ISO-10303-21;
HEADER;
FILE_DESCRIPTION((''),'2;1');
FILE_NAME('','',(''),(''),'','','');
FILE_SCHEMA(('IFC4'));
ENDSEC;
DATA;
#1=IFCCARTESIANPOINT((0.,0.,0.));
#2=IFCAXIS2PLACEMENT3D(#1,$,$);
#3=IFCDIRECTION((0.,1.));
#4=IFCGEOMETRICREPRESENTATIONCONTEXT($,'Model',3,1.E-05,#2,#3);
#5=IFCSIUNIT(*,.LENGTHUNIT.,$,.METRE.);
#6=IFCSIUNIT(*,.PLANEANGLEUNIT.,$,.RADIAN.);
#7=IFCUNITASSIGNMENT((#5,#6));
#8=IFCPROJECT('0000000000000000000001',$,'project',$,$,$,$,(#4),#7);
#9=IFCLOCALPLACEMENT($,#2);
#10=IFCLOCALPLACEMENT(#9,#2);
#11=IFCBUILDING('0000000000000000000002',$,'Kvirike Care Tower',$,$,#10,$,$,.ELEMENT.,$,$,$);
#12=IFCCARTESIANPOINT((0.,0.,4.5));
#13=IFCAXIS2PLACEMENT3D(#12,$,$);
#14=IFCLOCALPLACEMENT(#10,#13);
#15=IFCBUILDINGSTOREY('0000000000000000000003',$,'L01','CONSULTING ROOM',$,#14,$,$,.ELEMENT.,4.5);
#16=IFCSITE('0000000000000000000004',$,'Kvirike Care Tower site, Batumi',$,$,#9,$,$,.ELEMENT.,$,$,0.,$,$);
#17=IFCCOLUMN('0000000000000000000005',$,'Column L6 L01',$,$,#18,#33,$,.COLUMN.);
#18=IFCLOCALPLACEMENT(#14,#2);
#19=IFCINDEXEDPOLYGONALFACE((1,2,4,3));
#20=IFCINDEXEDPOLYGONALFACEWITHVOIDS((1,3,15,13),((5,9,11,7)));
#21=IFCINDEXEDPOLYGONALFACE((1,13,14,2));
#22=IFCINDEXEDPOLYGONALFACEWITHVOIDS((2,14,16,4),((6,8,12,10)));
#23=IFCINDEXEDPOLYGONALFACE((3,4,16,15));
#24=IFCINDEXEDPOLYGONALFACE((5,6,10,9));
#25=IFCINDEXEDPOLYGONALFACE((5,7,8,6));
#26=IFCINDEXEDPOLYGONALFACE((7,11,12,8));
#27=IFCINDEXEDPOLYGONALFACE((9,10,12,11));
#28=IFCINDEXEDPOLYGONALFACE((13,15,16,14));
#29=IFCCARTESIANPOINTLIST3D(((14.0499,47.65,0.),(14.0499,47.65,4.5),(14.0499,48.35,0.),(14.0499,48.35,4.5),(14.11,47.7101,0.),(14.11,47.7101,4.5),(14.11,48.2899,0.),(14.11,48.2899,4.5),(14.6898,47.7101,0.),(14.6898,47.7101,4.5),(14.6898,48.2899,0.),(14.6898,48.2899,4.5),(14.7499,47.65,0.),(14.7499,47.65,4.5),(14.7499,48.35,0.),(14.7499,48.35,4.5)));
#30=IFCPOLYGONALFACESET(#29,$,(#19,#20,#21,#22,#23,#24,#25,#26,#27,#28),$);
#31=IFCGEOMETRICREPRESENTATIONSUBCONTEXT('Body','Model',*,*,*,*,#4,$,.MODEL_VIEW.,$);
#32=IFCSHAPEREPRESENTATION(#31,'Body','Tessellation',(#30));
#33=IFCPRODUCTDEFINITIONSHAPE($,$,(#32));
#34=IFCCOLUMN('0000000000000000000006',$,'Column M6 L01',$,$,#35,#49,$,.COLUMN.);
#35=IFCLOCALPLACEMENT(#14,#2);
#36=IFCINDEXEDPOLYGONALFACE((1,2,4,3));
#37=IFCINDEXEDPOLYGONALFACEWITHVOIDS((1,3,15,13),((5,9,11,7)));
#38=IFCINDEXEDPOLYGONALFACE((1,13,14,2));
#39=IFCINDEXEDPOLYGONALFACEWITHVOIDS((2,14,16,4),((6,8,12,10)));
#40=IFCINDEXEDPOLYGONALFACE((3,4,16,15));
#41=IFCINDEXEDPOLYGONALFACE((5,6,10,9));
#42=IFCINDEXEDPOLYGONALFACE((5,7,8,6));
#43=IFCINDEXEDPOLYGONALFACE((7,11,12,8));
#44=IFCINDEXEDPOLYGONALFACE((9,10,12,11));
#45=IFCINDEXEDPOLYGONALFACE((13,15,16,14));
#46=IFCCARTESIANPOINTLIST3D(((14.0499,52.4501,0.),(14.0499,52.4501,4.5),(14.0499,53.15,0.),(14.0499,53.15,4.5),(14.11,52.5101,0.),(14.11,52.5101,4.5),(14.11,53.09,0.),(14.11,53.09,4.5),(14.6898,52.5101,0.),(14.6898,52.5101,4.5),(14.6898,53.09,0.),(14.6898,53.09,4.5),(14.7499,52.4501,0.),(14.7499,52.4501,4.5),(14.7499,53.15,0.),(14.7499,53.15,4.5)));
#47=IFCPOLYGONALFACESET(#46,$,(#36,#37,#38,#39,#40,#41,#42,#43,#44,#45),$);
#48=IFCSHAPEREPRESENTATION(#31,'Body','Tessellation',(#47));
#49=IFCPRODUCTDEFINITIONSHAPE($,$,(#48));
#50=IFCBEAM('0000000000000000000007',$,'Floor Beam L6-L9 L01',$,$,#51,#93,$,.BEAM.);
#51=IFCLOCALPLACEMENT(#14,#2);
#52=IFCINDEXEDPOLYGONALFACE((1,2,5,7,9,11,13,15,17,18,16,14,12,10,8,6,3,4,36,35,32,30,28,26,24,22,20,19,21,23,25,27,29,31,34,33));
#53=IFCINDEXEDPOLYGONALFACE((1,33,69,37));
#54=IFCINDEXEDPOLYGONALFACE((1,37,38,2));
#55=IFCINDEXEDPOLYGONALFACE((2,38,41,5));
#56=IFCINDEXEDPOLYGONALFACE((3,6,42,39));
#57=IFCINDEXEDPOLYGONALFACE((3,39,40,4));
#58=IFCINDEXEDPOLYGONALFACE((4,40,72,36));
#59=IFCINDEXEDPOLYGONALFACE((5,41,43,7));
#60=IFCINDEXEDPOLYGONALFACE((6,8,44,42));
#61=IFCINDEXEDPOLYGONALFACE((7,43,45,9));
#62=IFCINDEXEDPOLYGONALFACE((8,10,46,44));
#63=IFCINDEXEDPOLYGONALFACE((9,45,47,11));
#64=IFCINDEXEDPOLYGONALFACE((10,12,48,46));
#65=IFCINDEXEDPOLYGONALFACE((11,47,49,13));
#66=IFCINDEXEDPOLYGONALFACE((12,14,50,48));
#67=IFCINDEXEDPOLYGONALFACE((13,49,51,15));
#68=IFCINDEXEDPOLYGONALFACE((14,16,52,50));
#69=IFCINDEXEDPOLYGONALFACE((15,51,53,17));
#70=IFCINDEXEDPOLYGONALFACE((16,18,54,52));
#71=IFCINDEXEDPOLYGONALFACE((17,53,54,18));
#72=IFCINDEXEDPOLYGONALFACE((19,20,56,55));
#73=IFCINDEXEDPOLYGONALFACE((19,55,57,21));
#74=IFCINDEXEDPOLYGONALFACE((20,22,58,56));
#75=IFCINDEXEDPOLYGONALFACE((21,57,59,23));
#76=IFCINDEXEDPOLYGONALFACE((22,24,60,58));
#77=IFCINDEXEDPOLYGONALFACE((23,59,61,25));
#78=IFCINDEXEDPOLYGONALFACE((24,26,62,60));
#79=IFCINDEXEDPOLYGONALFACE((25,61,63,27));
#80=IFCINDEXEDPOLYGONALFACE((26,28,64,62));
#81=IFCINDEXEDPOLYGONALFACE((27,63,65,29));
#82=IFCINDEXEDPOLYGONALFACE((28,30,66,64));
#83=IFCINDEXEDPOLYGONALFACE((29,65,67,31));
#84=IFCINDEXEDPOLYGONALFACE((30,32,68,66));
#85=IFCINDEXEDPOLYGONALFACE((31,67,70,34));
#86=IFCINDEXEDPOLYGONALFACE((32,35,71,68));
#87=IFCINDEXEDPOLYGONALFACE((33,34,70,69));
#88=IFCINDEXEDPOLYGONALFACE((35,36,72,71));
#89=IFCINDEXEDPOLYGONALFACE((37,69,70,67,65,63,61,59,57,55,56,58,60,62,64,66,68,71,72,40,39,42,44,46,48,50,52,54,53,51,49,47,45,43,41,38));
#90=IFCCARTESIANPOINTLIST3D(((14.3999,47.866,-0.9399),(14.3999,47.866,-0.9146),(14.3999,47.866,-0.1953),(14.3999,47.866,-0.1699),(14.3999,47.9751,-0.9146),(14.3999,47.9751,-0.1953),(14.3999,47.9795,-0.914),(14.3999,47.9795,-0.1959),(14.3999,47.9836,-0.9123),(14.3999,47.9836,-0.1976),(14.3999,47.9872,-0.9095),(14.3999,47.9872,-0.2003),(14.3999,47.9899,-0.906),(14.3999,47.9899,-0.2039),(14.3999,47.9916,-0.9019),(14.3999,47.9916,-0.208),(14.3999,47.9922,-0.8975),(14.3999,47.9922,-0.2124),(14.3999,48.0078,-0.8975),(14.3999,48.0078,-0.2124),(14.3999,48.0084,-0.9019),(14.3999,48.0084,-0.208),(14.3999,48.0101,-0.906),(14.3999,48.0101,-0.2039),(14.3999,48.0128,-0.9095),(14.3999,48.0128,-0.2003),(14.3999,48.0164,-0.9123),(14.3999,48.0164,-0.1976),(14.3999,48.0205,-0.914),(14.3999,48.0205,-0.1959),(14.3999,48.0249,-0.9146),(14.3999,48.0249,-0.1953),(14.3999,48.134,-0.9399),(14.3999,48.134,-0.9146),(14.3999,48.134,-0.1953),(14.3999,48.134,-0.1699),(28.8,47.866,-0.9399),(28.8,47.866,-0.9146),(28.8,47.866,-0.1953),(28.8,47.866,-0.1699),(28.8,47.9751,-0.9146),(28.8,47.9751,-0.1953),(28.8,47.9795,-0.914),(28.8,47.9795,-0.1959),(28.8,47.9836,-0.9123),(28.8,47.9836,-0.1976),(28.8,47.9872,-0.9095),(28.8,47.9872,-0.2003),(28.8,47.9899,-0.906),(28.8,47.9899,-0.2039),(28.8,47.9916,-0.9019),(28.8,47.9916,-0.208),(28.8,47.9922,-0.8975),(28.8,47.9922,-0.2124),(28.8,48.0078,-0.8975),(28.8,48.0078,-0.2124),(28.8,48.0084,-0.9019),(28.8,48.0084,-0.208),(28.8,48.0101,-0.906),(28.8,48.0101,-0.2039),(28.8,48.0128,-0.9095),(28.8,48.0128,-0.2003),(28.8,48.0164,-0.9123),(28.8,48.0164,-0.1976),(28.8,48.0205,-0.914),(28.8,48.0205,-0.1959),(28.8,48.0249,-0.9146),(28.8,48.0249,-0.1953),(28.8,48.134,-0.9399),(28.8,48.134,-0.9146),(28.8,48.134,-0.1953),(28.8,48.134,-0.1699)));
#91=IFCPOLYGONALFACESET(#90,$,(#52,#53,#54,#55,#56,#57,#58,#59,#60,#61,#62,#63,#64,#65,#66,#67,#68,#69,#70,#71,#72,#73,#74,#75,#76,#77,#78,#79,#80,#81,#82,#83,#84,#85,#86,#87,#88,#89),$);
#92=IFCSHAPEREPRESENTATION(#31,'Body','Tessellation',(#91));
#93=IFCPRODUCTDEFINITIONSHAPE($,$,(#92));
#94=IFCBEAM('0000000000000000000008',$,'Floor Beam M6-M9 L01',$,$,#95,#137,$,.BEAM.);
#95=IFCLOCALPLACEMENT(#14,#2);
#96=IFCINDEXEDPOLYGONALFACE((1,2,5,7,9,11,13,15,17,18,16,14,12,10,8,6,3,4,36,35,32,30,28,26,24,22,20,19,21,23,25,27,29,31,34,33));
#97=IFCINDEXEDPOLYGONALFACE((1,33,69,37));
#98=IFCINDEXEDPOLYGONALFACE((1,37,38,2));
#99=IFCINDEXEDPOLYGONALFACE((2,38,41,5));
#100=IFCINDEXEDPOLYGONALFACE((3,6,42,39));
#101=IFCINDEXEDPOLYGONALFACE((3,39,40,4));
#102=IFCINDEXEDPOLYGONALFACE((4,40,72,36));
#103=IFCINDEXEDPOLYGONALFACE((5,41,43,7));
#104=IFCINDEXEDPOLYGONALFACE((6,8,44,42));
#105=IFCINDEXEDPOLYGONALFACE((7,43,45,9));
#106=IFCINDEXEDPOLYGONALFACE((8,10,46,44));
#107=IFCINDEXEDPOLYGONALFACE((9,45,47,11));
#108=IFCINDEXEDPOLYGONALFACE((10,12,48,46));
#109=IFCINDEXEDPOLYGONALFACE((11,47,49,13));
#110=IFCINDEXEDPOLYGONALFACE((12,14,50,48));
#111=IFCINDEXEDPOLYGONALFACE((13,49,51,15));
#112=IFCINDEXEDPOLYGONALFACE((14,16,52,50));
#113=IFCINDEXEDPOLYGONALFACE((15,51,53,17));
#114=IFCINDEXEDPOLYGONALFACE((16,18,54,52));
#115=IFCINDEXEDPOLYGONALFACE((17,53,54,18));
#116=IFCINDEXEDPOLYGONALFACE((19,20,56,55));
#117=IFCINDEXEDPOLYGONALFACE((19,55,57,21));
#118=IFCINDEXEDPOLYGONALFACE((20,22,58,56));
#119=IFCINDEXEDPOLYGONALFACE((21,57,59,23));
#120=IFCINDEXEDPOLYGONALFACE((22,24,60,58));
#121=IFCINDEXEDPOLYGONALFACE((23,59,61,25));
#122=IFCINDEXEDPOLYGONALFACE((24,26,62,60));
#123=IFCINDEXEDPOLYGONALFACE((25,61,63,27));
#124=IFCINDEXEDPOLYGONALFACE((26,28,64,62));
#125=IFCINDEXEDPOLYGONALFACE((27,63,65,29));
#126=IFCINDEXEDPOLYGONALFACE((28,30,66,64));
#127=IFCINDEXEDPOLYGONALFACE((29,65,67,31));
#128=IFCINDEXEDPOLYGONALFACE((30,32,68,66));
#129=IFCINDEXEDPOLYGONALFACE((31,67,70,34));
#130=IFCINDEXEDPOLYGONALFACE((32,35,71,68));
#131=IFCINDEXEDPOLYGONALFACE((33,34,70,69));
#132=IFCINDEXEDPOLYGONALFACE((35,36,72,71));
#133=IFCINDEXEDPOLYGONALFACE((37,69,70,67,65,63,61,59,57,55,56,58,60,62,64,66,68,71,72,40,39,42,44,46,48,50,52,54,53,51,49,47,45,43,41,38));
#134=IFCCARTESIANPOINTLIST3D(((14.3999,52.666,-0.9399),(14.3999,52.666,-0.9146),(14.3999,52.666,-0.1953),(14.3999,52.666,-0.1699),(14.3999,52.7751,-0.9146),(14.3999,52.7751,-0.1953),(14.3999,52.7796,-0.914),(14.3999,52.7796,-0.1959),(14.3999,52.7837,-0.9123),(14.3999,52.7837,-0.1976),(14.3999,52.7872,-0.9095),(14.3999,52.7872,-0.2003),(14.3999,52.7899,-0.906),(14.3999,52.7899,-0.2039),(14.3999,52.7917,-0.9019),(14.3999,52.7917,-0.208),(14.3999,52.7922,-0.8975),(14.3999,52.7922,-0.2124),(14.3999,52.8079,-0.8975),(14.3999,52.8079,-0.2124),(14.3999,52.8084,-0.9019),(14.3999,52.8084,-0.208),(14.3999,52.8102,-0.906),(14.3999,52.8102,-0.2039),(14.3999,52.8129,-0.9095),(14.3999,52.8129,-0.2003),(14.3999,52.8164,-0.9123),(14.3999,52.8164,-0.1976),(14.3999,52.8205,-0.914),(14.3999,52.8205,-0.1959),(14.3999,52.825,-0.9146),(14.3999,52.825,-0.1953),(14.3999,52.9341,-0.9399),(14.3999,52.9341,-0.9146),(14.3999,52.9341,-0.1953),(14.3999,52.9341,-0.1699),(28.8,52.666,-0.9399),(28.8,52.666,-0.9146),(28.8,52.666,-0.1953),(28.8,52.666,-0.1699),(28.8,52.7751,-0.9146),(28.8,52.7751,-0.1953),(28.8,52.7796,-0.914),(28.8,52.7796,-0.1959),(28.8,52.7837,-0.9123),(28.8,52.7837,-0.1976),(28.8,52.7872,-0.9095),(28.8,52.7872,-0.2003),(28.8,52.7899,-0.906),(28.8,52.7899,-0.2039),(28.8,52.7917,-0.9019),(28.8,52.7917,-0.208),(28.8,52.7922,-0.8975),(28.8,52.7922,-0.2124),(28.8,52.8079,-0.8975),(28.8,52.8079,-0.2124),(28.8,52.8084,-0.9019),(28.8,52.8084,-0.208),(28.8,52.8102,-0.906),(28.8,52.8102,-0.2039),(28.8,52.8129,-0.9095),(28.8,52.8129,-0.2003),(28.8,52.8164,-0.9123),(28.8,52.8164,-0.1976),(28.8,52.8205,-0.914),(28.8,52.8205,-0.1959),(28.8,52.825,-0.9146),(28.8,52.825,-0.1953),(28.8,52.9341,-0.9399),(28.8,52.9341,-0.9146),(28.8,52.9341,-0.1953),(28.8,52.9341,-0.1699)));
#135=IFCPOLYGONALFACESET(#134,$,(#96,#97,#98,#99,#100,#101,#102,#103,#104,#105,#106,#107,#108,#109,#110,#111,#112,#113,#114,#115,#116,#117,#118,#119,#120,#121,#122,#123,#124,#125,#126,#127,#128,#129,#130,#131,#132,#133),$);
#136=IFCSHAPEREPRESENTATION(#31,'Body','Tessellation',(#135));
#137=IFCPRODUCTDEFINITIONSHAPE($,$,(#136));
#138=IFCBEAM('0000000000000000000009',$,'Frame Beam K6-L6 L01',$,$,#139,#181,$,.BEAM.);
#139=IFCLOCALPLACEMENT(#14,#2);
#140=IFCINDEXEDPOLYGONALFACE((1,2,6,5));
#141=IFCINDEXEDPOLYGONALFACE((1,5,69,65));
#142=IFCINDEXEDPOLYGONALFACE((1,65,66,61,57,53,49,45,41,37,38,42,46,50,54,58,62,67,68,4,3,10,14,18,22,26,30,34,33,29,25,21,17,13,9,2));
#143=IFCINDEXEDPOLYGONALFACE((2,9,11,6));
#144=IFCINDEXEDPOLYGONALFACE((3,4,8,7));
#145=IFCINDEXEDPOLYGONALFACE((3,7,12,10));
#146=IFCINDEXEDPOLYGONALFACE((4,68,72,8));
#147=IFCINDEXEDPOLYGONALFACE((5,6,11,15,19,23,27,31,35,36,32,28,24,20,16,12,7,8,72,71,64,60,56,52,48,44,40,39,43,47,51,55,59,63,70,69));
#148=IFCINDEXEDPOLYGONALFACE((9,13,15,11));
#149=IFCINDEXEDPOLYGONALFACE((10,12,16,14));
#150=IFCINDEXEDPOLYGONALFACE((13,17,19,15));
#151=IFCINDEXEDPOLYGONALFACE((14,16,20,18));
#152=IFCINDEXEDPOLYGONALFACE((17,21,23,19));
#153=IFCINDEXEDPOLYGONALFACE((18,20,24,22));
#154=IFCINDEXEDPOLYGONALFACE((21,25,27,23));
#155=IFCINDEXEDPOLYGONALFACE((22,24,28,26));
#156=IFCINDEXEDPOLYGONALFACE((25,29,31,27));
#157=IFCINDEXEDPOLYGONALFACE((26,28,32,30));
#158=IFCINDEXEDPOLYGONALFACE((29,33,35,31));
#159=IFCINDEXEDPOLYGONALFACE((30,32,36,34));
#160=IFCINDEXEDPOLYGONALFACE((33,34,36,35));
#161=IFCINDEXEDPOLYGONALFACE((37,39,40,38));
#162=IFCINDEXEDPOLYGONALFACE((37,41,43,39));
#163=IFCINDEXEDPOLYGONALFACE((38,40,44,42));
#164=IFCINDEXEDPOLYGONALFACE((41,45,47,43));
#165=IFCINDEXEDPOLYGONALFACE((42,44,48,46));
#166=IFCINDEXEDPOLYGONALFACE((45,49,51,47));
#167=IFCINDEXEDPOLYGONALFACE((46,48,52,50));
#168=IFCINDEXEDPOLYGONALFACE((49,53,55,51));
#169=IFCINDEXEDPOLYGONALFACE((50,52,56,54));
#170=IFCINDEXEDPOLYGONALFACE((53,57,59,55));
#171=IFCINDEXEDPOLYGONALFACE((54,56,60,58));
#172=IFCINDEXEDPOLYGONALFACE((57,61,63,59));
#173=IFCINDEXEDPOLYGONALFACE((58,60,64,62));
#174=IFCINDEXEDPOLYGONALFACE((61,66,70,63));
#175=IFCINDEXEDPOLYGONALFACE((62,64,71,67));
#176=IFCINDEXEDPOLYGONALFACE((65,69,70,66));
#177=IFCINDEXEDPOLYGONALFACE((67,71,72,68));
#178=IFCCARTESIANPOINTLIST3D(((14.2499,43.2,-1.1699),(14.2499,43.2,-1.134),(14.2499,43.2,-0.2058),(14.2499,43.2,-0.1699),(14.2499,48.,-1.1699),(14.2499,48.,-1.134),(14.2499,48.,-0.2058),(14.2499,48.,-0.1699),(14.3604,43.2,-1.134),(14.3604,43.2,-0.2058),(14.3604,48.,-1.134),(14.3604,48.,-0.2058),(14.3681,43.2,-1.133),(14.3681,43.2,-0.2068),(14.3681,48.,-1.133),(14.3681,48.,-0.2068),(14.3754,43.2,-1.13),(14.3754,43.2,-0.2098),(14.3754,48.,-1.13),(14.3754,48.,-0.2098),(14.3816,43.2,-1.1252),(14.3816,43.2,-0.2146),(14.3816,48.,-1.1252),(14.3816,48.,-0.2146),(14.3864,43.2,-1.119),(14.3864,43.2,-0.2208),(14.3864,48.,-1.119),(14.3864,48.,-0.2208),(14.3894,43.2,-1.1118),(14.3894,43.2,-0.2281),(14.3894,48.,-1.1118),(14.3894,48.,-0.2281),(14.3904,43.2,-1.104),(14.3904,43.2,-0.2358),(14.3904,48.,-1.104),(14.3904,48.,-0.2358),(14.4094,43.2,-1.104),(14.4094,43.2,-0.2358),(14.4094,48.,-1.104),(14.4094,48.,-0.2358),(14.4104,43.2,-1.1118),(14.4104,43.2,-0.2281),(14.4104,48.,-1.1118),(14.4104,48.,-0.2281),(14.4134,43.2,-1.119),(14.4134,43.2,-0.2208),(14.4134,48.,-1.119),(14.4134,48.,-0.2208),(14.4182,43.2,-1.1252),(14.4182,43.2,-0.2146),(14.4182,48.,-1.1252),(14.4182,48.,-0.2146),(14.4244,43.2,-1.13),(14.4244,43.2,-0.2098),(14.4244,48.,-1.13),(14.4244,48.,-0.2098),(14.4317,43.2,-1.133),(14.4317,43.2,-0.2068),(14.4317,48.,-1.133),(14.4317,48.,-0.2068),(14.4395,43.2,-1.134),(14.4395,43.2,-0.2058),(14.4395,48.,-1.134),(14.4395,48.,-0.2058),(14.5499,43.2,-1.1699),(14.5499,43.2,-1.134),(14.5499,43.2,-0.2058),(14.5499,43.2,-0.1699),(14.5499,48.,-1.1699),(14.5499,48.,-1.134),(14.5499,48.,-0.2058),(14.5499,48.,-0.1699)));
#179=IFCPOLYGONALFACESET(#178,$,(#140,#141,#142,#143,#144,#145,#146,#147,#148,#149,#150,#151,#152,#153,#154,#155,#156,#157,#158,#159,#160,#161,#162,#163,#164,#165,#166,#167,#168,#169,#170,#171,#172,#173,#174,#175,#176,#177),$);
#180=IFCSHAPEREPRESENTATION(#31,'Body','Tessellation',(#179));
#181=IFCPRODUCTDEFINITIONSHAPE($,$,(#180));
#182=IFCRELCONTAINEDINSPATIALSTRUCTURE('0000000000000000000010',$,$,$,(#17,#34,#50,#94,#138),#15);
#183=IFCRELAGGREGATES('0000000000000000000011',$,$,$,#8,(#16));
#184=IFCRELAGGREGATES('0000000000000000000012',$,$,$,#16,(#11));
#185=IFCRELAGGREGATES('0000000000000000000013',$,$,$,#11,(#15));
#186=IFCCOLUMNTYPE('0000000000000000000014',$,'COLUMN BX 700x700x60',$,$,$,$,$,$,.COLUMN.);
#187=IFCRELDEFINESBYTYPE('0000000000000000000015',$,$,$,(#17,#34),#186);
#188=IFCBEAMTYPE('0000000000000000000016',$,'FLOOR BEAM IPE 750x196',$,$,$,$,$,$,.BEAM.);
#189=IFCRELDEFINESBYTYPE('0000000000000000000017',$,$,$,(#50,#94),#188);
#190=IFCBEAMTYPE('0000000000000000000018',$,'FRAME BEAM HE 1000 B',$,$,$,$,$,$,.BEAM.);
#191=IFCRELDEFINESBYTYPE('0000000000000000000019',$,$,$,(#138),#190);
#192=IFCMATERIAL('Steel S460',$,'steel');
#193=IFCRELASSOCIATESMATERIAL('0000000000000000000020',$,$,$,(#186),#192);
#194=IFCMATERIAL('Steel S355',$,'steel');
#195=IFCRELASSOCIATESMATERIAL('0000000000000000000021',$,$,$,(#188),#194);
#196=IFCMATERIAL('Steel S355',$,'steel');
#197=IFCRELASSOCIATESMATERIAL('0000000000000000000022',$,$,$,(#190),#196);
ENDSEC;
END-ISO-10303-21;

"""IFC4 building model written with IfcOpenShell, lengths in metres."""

from ifc_helpers import new_model, si_unit, direction, frame, origin, origin_2d, place, context, subcontext, project, spatial, hollow_rectangle, i_section, extrude, material, material_profile, profile_set, type_object, element, save


model = new_model("IFC4")

# Units and contexts
model_context = context("Model", 3, precision=1e-05, world=origin(), true_north=direction((0.0, 1.0)))
body_context = subcontext(model_context, "Body", "Model", "MODEL_VIEW")
ifc_project = project(units=[si_unit("LENGTHUNIT", "METRE"), si_unit("PLANEANGLEUNIT", "RADIAN")], contexts=[model_context])

# Site, building, storey
site_placement = place(None, origin())
site = spatial("IfcSite", under=ifc_project, at=site_placement, Name="Kvirike Care Tower site, Batumi", CompositionType="ELEMENT", RefElevation=0.0)
building_placement = place(site_placement, origin())
building = spatial("IfcBuilding", under=site, at=building_placement, Name="Kvirike Care Tower", CompositionType="ELEMENT")
storey_placement = place(building_placement, frame((0.0, 0.0, 4.5)))
storey = spatial("IfcBuildingStorey", under=building, at=storey_placement, Name="L01", Description="CONSULTING ROOM", CompositionType="ELEMENT", Elevation=4.5)

# Columns
ifc_material_1 = material(Name="Steel S460", Category="steel")
ifc_material_profile_1 = material_profile(ifc_material_1, hollow_rectangle(XDim=0.7, YDim=0.7, WallThickness=0.0601, at=origin_2d()), Name="BX 700x700x60")
ifc_profile_set_1 = profile_set([ifc_material_profile_1], Name="Steel S460")
column_type = type_object("IfcColumnType", Name="COLUMN BX 700x700x60", PredefinedType="COLUMN", material=ifc_profile_set_1)
for number, where, z_axis, x_axis, name in (
    (1, (14.3999, 48.0, 0.0), (0.0, 0.0, 1.0), (1.0, 0.0, 0.0), "Column L6 L01"),
    (2, (14.3999, 52.8, 0.0), (0.0, 0.0, 1.0), (1.0, 0.0, 0.0), "Column M6 L01"),
):
    element("IfcColumn", number, at=place(storey_placement, frame(where, z_axis=z_axis, x_axis=x_axis)), inside=storey, type_object=column_type, Name=name, PredefinedType="COLUMN", context=body_context, shape_type="SweptSolid", body=[
        extrude(hollow_rectangle(XDim=0.7, YDim=0.7, WallThickness=0.0601, at=origin_2d()), origin(), (0.0, 0.0, 1.0), 4.5),
    ])

# Beams
ifc_material_2 = material(Name="Steel S355", Category="steel")
ifc_material_profile_2 = material_profile(ifc_material_2, i_section(OverallWidth=0.2681, OverallDepth=0.77, WebThickness=0.0156, FlangeThickness=0.0254, FilletRadius=0.0171, at=origin_2d()), Name="IPE 750x196")
ifc_profile_set_2 = profile_set([ifc_material_profile_2], Name="Steel S355")
beam_type_1 = type_object("IfcBeamType", Name="FLOOR BEAM IPE 750x196", PredefinedType="BEAM", material=ifc_profile_set_2)
for number, where, z_axis, x_axis, name in (
    (3, (14.3999, 48.0, -0.5549), (1.0, 0.0, 0.0), (0.0, 1.0, 0.0), "Floor Beam L6-L9 L01"),
    (4, (14.3999, 52.8, -0.5549), (1.0, 0.0, 0.0), (0.0, 1.0, 0.0), "Floor Beam M6-M9 L01"),
):
    element("IfcBeam", number, at=place(storey_placement, frame(where, z_axis=z_axis, x_axis=x_axis)), inside=storey, type_object=beam_type_1, Name=name, PredefinedType="BEAM", context=body_context, shape_type="SweptSolid", body=[
        extrude(i_section(OverallWidth=0.2681, OverallDepth=0.77, WebThickness=0.0156, FlangeThickness=0.0254, FilletRadius=0.0171, at=origin_2d()), origin(), (0.0, 0.0, 1.0), 14.4001),
    ])
ifc_material_3 = material(Name="Steel S355", Category="steel")
ifc_material_profile_3 = material_profile(ifc_material_3, i_section(OverallWidth=0.3, OverallDepth=1.0, WebThickness=0.019, FlangeThickness=0.0359, FilletRadius=0.03, at=origin_2d()), Name="HE 1000 B")
ifc_profile_set_3 = profile_set([ifc_material_profile_3], Name="Steel S355")
beam_type_2 = type_object("IfcBeamType", Name="FRAME BEAM HE 1000 B", PredefinedType="BEAM", material=ifc_profile_set_3)
for number, where, z_axis, x_axis, name in (
    (5, (14.3999, 43.2, -0.6699), (0.0, 1.0, 0.0), (-1.0, 0.0, 0.0), "Frame Beam K6-L6 L01"),
):
    element("IfcBeam", number, at=place(storey_placement, frame(where, z_axis=z_axis, x_axis=x_axis)), inside=storey, type_object=beam_type_2, Name=name, PredefinedType="BEAM", context=body_context, shape_type="SweptSolid", body=[
        extrude(i_section(OverallWidth=0.3, OverallDepth=1.0, WebThickness=0.019, FlangeThickness=0.0359, FilletRadius=0.03, at=origin_2d()), origin(), (0.0, 0.0, 1.0), 4.8),
    ])

save(model, "model.ifc")
